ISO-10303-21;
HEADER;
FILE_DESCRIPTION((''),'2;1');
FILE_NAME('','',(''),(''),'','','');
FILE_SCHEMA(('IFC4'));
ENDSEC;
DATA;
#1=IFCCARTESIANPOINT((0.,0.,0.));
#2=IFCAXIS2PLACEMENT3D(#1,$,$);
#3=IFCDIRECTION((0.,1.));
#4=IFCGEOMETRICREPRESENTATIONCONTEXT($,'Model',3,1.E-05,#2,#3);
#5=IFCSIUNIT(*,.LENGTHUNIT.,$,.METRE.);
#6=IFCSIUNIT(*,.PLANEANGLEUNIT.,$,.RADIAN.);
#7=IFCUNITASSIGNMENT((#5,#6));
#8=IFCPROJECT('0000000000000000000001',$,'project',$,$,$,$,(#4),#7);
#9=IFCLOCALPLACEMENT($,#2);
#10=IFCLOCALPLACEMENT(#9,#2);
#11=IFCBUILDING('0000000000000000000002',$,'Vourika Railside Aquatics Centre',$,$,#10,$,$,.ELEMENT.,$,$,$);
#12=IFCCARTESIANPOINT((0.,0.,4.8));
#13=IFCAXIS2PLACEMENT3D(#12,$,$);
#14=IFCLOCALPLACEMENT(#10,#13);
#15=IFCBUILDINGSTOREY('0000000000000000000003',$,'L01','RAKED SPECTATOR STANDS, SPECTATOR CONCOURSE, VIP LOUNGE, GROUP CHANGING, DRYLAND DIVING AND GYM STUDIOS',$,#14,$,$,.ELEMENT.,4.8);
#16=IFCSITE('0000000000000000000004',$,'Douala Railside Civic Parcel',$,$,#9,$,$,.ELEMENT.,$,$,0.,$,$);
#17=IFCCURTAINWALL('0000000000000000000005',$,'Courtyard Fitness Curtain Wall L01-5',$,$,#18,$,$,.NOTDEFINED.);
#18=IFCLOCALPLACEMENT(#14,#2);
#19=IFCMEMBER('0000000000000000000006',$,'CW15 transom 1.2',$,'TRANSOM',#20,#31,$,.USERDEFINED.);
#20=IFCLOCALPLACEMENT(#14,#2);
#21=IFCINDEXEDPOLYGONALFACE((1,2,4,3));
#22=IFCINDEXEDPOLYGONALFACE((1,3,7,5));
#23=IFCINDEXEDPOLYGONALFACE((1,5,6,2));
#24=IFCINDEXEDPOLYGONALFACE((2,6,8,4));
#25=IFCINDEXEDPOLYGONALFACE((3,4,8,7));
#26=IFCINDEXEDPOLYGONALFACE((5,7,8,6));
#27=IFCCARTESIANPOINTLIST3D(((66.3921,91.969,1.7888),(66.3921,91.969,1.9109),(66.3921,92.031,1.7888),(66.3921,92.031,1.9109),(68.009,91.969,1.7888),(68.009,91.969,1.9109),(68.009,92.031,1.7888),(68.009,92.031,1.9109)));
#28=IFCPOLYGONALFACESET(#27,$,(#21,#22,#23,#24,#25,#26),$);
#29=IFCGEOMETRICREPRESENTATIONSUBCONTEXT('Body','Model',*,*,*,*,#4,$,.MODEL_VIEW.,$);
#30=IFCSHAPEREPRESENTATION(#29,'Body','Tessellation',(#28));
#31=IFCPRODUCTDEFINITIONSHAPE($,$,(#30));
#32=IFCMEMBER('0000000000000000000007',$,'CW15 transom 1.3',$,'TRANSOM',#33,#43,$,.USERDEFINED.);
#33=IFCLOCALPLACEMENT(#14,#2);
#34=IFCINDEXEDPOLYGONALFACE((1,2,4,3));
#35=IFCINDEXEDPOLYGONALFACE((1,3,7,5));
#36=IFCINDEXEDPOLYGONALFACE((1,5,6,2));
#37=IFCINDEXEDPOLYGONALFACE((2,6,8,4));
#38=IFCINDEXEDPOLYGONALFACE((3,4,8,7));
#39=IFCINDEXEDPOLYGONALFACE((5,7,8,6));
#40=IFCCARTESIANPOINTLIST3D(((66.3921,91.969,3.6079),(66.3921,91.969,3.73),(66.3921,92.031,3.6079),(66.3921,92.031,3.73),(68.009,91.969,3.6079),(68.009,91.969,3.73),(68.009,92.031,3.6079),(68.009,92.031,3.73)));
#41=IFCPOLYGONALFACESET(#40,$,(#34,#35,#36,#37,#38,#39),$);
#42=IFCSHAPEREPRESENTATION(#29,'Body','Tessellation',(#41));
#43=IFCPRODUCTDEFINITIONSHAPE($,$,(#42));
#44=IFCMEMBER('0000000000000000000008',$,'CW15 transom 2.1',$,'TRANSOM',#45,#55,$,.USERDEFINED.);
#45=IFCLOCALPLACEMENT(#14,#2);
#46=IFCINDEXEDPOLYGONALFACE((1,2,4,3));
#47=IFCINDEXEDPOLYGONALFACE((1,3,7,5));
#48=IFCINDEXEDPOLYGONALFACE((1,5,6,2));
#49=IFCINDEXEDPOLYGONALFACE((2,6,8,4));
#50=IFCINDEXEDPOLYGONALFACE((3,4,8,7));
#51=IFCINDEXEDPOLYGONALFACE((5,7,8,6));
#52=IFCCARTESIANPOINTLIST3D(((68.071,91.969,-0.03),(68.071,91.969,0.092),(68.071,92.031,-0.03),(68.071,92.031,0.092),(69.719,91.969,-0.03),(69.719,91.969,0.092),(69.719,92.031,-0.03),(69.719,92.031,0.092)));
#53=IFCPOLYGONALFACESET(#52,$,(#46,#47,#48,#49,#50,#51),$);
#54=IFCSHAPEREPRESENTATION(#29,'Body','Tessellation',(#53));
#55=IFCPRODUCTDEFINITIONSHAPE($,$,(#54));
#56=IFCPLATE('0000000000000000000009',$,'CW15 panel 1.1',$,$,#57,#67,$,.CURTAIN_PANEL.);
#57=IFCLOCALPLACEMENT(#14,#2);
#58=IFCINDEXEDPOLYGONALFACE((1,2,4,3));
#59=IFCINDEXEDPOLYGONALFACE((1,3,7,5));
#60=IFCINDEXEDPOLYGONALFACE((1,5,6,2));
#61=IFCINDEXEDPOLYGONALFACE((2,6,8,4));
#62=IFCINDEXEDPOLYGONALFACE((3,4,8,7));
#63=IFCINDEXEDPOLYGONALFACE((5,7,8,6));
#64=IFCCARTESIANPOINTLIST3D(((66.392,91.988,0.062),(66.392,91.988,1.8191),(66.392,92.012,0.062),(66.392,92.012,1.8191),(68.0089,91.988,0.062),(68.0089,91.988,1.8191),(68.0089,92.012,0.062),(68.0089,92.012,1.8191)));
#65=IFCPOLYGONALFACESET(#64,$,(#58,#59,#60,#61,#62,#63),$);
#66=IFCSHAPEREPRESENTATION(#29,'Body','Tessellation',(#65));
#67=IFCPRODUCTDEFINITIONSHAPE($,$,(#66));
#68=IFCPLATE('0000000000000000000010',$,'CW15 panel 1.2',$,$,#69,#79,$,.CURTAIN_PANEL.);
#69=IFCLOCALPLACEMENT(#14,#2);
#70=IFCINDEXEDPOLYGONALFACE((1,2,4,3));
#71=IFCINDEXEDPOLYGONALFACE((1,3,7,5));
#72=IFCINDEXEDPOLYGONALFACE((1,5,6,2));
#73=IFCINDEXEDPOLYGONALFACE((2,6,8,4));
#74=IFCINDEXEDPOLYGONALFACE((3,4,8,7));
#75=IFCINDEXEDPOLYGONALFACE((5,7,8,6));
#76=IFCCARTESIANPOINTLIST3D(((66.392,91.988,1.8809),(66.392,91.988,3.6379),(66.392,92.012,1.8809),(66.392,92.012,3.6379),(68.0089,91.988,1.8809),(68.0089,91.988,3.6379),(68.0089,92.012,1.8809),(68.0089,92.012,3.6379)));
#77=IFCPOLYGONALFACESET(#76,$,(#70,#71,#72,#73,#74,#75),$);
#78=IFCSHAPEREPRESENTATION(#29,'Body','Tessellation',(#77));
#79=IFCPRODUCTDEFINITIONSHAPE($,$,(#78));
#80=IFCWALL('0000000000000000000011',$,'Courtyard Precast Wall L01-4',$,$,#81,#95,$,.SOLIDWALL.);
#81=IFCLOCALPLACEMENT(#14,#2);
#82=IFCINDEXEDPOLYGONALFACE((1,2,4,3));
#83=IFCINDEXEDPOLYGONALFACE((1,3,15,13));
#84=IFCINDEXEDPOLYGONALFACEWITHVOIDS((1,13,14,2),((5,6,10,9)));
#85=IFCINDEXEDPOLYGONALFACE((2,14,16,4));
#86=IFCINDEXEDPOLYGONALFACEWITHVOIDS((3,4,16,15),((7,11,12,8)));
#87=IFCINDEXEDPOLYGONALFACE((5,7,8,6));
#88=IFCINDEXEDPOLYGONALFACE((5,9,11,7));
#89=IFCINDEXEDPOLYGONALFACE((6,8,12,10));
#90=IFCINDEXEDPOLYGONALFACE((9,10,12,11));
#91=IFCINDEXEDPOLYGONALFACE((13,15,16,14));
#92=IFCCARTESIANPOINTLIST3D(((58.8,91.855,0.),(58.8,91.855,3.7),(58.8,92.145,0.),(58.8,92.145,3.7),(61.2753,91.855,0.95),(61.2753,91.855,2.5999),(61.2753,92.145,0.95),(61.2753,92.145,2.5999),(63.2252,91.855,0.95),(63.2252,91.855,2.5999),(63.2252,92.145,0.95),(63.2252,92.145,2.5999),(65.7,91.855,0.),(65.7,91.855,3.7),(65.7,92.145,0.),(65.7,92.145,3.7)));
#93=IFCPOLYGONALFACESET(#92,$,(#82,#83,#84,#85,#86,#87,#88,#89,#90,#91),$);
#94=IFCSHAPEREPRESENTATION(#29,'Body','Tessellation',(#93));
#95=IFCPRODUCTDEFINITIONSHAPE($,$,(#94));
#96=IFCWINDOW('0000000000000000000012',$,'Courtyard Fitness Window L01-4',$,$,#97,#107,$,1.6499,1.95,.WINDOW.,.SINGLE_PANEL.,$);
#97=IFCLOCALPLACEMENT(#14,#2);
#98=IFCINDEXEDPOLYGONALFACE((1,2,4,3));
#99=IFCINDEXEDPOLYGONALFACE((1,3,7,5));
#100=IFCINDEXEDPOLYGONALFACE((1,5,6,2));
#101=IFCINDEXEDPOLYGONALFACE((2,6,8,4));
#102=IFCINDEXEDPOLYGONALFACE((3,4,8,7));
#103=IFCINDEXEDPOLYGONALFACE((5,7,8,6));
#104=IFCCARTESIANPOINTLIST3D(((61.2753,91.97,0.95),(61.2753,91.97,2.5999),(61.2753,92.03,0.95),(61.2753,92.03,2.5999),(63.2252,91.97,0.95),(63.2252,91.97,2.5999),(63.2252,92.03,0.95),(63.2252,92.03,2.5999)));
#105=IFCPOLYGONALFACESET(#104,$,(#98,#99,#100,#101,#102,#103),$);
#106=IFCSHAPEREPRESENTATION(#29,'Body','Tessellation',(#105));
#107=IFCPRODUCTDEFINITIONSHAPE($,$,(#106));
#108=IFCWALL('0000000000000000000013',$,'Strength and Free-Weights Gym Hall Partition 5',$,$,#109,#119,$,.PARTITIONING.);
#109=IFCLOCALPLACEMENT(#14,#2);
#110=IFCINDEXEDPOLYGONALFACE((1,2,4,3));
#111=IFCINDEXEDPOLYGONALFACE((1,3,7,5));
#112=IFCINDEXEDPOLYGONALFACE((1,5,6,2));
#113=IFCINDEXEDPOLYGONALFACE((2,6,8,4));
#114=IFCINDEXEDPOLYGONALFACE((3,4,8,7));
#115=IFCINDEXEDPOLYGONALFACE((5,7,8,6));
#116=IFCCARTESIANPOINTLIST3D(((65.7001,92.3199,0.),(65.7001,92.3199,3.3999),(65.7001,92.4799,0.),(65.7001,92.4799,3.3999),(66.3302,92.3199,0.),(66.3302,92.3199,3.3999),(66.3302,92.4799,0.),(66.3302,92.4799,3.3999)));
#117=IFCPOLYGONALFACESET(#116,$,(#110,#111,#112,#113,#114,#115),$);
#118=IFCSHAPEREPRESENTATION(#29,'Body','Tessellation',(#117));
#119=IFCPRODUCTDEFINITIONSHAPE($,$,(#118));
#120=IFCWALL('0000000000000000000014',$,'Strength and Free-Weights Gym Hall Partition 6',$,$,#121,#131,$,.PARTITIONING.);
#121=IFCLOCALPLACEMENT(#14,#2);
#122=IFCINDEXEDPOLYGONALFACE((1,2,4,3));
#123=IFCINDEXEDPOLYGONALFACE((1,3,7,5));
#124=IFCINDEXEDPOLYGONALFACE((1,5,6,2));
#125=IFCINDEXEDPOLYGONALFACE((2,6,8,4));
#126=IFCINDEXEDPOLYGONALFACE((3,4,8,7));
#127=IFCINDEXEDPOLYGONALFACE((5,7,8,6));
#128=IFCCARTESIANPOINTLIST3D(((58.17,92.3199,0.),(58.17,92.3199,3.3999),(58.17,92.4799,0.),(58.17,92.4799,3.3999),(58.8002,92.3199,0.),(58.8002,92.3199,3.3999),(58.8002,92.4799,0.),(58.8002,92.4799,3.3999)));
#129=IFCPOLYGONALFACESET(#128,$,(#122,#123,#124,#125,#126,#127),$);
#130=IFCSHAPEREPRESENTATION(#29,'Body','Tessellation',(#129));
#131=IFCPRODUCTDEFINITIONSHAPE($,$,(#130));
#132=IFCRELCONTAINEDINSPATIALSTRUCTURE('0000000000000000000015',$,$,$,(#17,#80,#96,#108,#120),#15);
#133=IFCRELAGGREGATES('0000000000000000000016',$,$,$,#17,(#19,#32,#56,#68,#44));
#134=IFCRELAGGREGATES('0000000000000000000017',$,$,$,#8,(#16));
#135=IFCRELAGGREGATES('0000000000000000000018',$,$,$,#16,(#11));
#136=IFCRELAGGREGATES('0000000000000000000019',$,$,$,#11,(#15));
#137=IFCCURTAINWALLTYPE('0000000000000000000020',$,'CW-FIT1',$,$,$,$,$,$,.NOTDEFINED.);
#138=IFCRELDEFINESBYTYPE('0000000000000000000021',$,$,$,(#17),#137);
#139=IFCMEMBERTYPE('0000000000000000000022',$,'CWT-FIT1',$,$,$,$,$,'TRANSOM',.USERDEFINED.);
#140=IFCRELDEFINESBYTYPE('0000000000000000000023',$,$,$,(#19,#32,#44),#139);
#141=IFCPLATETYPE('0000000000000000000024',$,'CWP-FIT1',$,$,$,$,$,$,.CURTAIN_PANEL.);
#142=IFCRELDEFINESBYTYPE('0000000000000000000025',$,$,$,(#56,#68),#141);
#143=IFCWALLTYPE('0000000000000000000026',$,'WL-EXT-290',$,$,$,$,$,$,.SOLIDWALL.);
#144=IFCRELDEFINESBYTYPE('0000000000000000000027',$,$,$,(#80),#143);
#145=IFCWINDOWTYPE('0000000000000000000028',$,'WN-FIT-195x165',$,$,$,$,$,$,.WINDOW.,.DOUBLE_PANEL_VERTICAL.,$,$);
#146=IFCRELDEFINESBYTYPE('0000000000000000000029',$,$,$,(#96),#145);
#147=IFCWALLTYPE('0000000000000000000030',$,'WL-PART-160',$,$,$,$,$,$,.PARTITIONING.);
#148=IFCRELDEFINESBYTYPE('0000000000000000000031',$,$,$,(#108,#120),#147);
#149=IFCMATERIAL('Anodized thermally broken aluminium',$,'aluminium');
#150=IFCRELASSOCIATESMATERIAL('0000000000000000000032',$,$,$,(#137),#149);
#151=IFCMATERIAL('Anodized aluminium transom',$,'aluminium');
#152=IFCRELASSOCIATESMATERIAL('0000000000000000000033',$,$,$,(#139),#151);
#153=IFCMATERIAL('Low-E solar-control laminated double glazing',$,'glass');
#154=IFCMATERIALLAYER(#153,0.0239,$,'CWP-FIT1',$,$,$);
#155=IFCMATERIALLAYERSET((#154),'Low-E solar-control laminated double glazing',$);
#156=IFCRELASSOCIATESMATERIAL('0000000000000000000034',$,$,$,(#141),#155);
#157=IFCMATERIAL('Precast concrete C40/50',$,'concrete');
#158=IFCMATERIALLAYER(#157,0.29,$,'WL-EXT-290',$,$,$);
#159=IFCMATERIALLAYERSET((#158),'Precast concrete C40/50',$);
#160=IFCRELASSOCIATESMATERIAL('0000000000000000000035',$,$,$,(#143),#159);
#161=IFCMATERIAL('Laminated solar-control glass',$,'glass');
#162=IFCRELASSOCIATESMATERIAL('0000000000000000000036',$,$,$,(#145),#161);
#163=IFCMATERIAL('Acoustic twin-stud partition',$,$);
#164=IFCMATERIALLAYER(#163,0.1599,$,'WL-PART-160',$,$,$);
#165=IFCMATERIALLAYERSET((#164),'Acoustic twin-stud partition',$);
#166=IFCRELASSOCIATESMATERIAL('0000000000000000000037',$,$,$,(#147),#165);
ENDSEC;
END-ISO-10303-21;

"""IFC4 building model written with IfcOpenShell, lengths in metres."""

from ifc_helpers import new_model, si_unit, direction, frame, frame_2d, origin, origin_2d, place, context, subcontext, project, spatial, rectangle, extrude, material, layer, layer_set, material_profile, profile_set, type_object, element, fill, aggregate, save


model = new_model("IFC4")

# Units and contexts
model_context = context("Model", 3, precision=1e-05, world=origin(), true_north=direction((0.0, 1.0)))
body_context = subcontext(model_context, "Body", "Model", "MODEL_VIEW")
ifc_project = project(units=[si_unit("LENGTHUNIT", "METRE"), si_unit("PLANEANGLEUNIT", "RADIAN")], contexts=[model_context])

# Site, building, storey
site_placement = place(None, origin())
site = spatial("IfcSite", under=ifc_project, at=site_placement, Name="Douala Railside Civic Parcel", CompositionType="ELEMENT", RefElevation=0.0)
building_placement = place(site_placement, origin())
building = spatial("IfcBuilding", under=site, at=building_placement, Name="Vourika Railside Aquatics Centre", CompositionType="ELEMENT")
storey_placement = place(building_placement, frame((0.0, 0.0, 4.8)))
storey = spatial("IfcBuildingStorey", under=building, at=storey_placement, Name="L01", Description="RAKED SPECTATOR STANDS, SPECTATOR CONCOURSE, VIP LOUNGE, GROUP CHANGING, DRYLAND DIVING AND GYM STUDIOS", CompositionType="ELEMENT", Elevation=4.8)

# Curtain wall, members, plates
ifc_material_1 = material(Name="Anodized thermally broken aluminium", Category="aluminium")
curtain_wall_type = type_object("IfcCurtainWallType", Name="CW-FIT1", PredefinedType="NOTDEFINED", material=ifc_material_1)
curtain_wall_placement = place(storey_placement, origin())
curtain_wall = element("IfcCurtainWall", 1, at=curtain_wall_placement, inside=storey, type_object=curtain_wall_type, Name="Courtyard Fitness Curtain Wall L01-5", PredefinedType="NOTDEFINED")
ifc_material_2 = material(Name="Anodized aluminium transom", Category="aluminium")
ifc_material_profile_1 = material_profile(ifc_material_2, rectangle(XDim=0.062, YDim=0.1221, at=origin_2d()), Name="ALU-T 62x122")
ifc_profile_set_1 = profile_set([ifc_material_profile_1], Name="Anodized aluminium transom")
member_type_1 = type_object("IfcMemberType", Name="CWT-FIT1", ElementType="TRANSOM", PredefinedType="USERDEFINED", material=ifc_profile_set_1)
member_1_placement = place(storey_placement, frame((66.3921, 92.0, 1.8499), z_axis=(1.0, 0.0, 0.0), x_axis=(0.0, 1.0, 0.0)))
member_1 = element("IfcMember", 2, at=member_1_placement, type_object=member_type_1, Name="CW15 transom 1.2", ObjectType="TRANSOM", PredefinedType="USERDEFINED", context=body_context, shape_type="SweptSolid", body=[
    extrude(rectangle(XDim=0.062, YDim=0.1221, at=origin_2d()), origin(), (0.0, 0.0, 1.0), 1.6169),
])
member_2_placement = place(storey_placement, frame((66.3921, 92.0, 3.6689), z_axis=(1.0, 0.0, 0.0), x_axis=(0.0, 1.0, 0.0)))
member_2 = element("IfcMember", 3, at=member_2_placement, type_object=member_type_1, Name="CW15 transom 1.3", ObjectType="TRANSOM", PredefinedType="USERDEFINED", context=body_context, shape_type="SweptSolid", body=[
    extrude(rectangle(XDim=0.062, YDim=0.1221, at=origin_2d()), origin(), (0.0, 0.0, 1.0), 1.6169),
])
member_3_placement = place(storey_placement, frame((68.071, 92.0, 0.031), z_axis=(1.0, 0.0, 0.0), x_axis=(0.0, 1.0, 0.0)))
member_3 = element("IfcMember", 4, at=member_3_placement, type_object=member_type_1, Name="CW15 transom 2.1", ObjectType="TRANSOM", PredefinedType="USERDEFINED", context=body_context, shape_type="SweptSolid", body=[
    extrude(rectangle(XDim=0.062, YDim=0.1221, at=origin_2d()), origin(), (0.0, 0.0, 1.0), 1.6479),
])
ifc_material_3 = material(Name="Low-E solar-control laminated double glazing", Category="glass")
ifc_layer_1 = layer(ifc_material_3, 0.0239, Name="CWP-FIT1")
ifc_layer_set_1 = layer_set([ifc_layer_1], Name="Low-E solar-control laminated double glazing")
plate_type = type_object("IfcPlateType", Name="CWP-FIT1", PredefinedType="CURTAIN_PANEL", material=ifc_layer_set_1)
plate_1_placement = place(storey_placement, frame((67.2004, 92.0, 0.062), z_axis=(0.0, 0.0, 1.0), x_axis=(1.0, 0.0, 0.0)))
plate_1 = element("IfcPlate", 5, at=plate_1_placement, type_object=plate_type, Name="CW15 panel 1.1", PredefinedType="CURTAIN_PANEL", context=body_context, shape_type="SweptSolid", body=[
    extrude(rectangle(XDim=1.6169, YDim=0.0239, at=origin_2d()), origin(), (0.0, 0.0, 1.0), 1.7571),
])
plate_2_placement = place(storey_placement, frame((67.2004, 92.0, 1.8809), z_axis=(0.0, 0.0, 1.0), x_axis=(1.0, 0.0, 0.0)))
plate_2 = element("IfcPlate", 6, at=plate_2_placement, type_object=plate_type, Name="CW15 panel 1.2", PredefinedType="CURTAIN_PANEL", context=body_context, shape_type="SweptSolid", body=[
    extrude(rectangle(XDim=1.6169, YDim=0.0239, at=origin_2d()), origin(), (0.0, 0.0, 1.0), 1.7571),
])
aggregate(curtain_wall, [member_1, member_2, plate_1, plate_2, member_3])

# Wall, opening, window
ifc_material_4 = material(Name="Precast concrete C40/50", Category="concrete")
ifc_layer_2 = layer(ifc_material_4, 0.29, Name="WL-EXT-290")
ifc_layer_set_2 = layer_set([ifc_layer_2], Name="Precast concrete C40/50")
wall_type_1 = type_object("IfcWallType", Name="WL-EXT-290", PredefinedType="SOLIDWALL", material=ifc_layer_set_2)
wall_placement = place(storey_placement, frame((58.8, 92.0, 0.0), z_axis=(0.0, 0.0, 1.0), x_axis=(1.0, 0.0, 0.0)))
wall = element("IfcWall", 7, at=wall_placement, inside=storey, type_object=wall_type_1, Name="Courtyard Precast Wall L01-4", PredefinedType="SOLIDWALL", context=body_context, shape_type="SweptSolid", body=[
    extrude(rectangle(XDim=6.8999, YDim=0.29, at=frame_2d((3.45, 0.0))), origin(), (0.0, 0.0, 1.0), 3.7),
])
opening_placement = place(wall_placement, frame((2.4751, 0.0, 0.95)))
opening = element("IfcOpeningElement", 8, at=opening_placement, cuts=wall, PredefinedType="OPENING", context=body_context, shape_type="SweptSolid", body=[
    extrude(rectangle(XDim=1.95, YDim=1.6499, at=frame_2d((0.9751, 0.825))), frame((0.0, 0.155, 0.0), z_axis=(0.0, -1.0, 0.0), x_axis=(1.0, 0.0, 0.0)), (0.0, 0.0, 1.0), 0.3101),
])
ifc_material_5 = material(Name="Laminated solar-control glass", Category="glass")
window_type = type_object("IfcWindowType", Name="WN-FIT-195x165", PartitioningType="DOUBLE_PANEL_VERTICAL", PredefinedType="WINDOW", material=ifc_material_5)
window_placement = place(opening_placement, origin())
window = element("IfcWindow", 9, at=window_placement, inside=storey, type_object=window_type, Name="Courtyard Fitness Window L01-4", OverallHeight=1.6499, OverallWidth=1.95, PartitioningType="SINGLE_PANEL", PredefinedType="WINDOW", context=body_context, shape_type="SweptSolid", body=[
    extrude(rectangle(XDim=1.95, YDim=1.6499, at=frame_2d((0.9751, 0.825))), frame((0.0, 0.03, 0.0), z_axis=(0.0, -1.0, 0.0), x_axis=(1.0, 0.0, 0.0)), (0.0, 0.0, 1.0), 0.0601),
])
fill(opening, window)

# Walls
ifc_material_6 = material(Name="Acoustic twin-stud partition")
ifc_layer_3 = layer(ifc_material_6, 0.1599, Name="WL-PART-160")
ifc_layer_set_3 = layer_set([ifc_layer_3], Name="Acoustic twin-stud partition")
wall_type_2 = type_object("IfcWallType", Name="WL-PART-160", PredefinedType="PARTITIONING", material=ifc_layer_set_3)
for number, where, z_axis, x_axis, name in (
    (10, (66.3301, 92.3999, 0.0), (0.0, 0.0, 1.0), (-1.0, 0.0, 0.0), "Strength and Free-Weights Gym Hall Partition 5"),
    (11, (58.8, 92.3999, 0.0), (0.0, 0.0, 1.0), (-1.0, 0.0, 0.0), "Strength and Free-Weights Gym Hall Partition 6"),
):
    element("IfcWall", number, at=place(storey_placement, frame(where, z_axis=z_axis, x_axis=x_axis)), inside=storey, type_object=wall_type_2, Name=name, PredefinedType="PARTITIONING", context=body_context, shape_type="SweptSolid", body=[
        extrude(rectangle(XDim=0.6301, YDim=0.1599, at=frame_2d((0.3149, 0.0))), origin(), (0.0, 0.0, 1.0), 3.3999),
    ])

save(model, "model.ifc")
